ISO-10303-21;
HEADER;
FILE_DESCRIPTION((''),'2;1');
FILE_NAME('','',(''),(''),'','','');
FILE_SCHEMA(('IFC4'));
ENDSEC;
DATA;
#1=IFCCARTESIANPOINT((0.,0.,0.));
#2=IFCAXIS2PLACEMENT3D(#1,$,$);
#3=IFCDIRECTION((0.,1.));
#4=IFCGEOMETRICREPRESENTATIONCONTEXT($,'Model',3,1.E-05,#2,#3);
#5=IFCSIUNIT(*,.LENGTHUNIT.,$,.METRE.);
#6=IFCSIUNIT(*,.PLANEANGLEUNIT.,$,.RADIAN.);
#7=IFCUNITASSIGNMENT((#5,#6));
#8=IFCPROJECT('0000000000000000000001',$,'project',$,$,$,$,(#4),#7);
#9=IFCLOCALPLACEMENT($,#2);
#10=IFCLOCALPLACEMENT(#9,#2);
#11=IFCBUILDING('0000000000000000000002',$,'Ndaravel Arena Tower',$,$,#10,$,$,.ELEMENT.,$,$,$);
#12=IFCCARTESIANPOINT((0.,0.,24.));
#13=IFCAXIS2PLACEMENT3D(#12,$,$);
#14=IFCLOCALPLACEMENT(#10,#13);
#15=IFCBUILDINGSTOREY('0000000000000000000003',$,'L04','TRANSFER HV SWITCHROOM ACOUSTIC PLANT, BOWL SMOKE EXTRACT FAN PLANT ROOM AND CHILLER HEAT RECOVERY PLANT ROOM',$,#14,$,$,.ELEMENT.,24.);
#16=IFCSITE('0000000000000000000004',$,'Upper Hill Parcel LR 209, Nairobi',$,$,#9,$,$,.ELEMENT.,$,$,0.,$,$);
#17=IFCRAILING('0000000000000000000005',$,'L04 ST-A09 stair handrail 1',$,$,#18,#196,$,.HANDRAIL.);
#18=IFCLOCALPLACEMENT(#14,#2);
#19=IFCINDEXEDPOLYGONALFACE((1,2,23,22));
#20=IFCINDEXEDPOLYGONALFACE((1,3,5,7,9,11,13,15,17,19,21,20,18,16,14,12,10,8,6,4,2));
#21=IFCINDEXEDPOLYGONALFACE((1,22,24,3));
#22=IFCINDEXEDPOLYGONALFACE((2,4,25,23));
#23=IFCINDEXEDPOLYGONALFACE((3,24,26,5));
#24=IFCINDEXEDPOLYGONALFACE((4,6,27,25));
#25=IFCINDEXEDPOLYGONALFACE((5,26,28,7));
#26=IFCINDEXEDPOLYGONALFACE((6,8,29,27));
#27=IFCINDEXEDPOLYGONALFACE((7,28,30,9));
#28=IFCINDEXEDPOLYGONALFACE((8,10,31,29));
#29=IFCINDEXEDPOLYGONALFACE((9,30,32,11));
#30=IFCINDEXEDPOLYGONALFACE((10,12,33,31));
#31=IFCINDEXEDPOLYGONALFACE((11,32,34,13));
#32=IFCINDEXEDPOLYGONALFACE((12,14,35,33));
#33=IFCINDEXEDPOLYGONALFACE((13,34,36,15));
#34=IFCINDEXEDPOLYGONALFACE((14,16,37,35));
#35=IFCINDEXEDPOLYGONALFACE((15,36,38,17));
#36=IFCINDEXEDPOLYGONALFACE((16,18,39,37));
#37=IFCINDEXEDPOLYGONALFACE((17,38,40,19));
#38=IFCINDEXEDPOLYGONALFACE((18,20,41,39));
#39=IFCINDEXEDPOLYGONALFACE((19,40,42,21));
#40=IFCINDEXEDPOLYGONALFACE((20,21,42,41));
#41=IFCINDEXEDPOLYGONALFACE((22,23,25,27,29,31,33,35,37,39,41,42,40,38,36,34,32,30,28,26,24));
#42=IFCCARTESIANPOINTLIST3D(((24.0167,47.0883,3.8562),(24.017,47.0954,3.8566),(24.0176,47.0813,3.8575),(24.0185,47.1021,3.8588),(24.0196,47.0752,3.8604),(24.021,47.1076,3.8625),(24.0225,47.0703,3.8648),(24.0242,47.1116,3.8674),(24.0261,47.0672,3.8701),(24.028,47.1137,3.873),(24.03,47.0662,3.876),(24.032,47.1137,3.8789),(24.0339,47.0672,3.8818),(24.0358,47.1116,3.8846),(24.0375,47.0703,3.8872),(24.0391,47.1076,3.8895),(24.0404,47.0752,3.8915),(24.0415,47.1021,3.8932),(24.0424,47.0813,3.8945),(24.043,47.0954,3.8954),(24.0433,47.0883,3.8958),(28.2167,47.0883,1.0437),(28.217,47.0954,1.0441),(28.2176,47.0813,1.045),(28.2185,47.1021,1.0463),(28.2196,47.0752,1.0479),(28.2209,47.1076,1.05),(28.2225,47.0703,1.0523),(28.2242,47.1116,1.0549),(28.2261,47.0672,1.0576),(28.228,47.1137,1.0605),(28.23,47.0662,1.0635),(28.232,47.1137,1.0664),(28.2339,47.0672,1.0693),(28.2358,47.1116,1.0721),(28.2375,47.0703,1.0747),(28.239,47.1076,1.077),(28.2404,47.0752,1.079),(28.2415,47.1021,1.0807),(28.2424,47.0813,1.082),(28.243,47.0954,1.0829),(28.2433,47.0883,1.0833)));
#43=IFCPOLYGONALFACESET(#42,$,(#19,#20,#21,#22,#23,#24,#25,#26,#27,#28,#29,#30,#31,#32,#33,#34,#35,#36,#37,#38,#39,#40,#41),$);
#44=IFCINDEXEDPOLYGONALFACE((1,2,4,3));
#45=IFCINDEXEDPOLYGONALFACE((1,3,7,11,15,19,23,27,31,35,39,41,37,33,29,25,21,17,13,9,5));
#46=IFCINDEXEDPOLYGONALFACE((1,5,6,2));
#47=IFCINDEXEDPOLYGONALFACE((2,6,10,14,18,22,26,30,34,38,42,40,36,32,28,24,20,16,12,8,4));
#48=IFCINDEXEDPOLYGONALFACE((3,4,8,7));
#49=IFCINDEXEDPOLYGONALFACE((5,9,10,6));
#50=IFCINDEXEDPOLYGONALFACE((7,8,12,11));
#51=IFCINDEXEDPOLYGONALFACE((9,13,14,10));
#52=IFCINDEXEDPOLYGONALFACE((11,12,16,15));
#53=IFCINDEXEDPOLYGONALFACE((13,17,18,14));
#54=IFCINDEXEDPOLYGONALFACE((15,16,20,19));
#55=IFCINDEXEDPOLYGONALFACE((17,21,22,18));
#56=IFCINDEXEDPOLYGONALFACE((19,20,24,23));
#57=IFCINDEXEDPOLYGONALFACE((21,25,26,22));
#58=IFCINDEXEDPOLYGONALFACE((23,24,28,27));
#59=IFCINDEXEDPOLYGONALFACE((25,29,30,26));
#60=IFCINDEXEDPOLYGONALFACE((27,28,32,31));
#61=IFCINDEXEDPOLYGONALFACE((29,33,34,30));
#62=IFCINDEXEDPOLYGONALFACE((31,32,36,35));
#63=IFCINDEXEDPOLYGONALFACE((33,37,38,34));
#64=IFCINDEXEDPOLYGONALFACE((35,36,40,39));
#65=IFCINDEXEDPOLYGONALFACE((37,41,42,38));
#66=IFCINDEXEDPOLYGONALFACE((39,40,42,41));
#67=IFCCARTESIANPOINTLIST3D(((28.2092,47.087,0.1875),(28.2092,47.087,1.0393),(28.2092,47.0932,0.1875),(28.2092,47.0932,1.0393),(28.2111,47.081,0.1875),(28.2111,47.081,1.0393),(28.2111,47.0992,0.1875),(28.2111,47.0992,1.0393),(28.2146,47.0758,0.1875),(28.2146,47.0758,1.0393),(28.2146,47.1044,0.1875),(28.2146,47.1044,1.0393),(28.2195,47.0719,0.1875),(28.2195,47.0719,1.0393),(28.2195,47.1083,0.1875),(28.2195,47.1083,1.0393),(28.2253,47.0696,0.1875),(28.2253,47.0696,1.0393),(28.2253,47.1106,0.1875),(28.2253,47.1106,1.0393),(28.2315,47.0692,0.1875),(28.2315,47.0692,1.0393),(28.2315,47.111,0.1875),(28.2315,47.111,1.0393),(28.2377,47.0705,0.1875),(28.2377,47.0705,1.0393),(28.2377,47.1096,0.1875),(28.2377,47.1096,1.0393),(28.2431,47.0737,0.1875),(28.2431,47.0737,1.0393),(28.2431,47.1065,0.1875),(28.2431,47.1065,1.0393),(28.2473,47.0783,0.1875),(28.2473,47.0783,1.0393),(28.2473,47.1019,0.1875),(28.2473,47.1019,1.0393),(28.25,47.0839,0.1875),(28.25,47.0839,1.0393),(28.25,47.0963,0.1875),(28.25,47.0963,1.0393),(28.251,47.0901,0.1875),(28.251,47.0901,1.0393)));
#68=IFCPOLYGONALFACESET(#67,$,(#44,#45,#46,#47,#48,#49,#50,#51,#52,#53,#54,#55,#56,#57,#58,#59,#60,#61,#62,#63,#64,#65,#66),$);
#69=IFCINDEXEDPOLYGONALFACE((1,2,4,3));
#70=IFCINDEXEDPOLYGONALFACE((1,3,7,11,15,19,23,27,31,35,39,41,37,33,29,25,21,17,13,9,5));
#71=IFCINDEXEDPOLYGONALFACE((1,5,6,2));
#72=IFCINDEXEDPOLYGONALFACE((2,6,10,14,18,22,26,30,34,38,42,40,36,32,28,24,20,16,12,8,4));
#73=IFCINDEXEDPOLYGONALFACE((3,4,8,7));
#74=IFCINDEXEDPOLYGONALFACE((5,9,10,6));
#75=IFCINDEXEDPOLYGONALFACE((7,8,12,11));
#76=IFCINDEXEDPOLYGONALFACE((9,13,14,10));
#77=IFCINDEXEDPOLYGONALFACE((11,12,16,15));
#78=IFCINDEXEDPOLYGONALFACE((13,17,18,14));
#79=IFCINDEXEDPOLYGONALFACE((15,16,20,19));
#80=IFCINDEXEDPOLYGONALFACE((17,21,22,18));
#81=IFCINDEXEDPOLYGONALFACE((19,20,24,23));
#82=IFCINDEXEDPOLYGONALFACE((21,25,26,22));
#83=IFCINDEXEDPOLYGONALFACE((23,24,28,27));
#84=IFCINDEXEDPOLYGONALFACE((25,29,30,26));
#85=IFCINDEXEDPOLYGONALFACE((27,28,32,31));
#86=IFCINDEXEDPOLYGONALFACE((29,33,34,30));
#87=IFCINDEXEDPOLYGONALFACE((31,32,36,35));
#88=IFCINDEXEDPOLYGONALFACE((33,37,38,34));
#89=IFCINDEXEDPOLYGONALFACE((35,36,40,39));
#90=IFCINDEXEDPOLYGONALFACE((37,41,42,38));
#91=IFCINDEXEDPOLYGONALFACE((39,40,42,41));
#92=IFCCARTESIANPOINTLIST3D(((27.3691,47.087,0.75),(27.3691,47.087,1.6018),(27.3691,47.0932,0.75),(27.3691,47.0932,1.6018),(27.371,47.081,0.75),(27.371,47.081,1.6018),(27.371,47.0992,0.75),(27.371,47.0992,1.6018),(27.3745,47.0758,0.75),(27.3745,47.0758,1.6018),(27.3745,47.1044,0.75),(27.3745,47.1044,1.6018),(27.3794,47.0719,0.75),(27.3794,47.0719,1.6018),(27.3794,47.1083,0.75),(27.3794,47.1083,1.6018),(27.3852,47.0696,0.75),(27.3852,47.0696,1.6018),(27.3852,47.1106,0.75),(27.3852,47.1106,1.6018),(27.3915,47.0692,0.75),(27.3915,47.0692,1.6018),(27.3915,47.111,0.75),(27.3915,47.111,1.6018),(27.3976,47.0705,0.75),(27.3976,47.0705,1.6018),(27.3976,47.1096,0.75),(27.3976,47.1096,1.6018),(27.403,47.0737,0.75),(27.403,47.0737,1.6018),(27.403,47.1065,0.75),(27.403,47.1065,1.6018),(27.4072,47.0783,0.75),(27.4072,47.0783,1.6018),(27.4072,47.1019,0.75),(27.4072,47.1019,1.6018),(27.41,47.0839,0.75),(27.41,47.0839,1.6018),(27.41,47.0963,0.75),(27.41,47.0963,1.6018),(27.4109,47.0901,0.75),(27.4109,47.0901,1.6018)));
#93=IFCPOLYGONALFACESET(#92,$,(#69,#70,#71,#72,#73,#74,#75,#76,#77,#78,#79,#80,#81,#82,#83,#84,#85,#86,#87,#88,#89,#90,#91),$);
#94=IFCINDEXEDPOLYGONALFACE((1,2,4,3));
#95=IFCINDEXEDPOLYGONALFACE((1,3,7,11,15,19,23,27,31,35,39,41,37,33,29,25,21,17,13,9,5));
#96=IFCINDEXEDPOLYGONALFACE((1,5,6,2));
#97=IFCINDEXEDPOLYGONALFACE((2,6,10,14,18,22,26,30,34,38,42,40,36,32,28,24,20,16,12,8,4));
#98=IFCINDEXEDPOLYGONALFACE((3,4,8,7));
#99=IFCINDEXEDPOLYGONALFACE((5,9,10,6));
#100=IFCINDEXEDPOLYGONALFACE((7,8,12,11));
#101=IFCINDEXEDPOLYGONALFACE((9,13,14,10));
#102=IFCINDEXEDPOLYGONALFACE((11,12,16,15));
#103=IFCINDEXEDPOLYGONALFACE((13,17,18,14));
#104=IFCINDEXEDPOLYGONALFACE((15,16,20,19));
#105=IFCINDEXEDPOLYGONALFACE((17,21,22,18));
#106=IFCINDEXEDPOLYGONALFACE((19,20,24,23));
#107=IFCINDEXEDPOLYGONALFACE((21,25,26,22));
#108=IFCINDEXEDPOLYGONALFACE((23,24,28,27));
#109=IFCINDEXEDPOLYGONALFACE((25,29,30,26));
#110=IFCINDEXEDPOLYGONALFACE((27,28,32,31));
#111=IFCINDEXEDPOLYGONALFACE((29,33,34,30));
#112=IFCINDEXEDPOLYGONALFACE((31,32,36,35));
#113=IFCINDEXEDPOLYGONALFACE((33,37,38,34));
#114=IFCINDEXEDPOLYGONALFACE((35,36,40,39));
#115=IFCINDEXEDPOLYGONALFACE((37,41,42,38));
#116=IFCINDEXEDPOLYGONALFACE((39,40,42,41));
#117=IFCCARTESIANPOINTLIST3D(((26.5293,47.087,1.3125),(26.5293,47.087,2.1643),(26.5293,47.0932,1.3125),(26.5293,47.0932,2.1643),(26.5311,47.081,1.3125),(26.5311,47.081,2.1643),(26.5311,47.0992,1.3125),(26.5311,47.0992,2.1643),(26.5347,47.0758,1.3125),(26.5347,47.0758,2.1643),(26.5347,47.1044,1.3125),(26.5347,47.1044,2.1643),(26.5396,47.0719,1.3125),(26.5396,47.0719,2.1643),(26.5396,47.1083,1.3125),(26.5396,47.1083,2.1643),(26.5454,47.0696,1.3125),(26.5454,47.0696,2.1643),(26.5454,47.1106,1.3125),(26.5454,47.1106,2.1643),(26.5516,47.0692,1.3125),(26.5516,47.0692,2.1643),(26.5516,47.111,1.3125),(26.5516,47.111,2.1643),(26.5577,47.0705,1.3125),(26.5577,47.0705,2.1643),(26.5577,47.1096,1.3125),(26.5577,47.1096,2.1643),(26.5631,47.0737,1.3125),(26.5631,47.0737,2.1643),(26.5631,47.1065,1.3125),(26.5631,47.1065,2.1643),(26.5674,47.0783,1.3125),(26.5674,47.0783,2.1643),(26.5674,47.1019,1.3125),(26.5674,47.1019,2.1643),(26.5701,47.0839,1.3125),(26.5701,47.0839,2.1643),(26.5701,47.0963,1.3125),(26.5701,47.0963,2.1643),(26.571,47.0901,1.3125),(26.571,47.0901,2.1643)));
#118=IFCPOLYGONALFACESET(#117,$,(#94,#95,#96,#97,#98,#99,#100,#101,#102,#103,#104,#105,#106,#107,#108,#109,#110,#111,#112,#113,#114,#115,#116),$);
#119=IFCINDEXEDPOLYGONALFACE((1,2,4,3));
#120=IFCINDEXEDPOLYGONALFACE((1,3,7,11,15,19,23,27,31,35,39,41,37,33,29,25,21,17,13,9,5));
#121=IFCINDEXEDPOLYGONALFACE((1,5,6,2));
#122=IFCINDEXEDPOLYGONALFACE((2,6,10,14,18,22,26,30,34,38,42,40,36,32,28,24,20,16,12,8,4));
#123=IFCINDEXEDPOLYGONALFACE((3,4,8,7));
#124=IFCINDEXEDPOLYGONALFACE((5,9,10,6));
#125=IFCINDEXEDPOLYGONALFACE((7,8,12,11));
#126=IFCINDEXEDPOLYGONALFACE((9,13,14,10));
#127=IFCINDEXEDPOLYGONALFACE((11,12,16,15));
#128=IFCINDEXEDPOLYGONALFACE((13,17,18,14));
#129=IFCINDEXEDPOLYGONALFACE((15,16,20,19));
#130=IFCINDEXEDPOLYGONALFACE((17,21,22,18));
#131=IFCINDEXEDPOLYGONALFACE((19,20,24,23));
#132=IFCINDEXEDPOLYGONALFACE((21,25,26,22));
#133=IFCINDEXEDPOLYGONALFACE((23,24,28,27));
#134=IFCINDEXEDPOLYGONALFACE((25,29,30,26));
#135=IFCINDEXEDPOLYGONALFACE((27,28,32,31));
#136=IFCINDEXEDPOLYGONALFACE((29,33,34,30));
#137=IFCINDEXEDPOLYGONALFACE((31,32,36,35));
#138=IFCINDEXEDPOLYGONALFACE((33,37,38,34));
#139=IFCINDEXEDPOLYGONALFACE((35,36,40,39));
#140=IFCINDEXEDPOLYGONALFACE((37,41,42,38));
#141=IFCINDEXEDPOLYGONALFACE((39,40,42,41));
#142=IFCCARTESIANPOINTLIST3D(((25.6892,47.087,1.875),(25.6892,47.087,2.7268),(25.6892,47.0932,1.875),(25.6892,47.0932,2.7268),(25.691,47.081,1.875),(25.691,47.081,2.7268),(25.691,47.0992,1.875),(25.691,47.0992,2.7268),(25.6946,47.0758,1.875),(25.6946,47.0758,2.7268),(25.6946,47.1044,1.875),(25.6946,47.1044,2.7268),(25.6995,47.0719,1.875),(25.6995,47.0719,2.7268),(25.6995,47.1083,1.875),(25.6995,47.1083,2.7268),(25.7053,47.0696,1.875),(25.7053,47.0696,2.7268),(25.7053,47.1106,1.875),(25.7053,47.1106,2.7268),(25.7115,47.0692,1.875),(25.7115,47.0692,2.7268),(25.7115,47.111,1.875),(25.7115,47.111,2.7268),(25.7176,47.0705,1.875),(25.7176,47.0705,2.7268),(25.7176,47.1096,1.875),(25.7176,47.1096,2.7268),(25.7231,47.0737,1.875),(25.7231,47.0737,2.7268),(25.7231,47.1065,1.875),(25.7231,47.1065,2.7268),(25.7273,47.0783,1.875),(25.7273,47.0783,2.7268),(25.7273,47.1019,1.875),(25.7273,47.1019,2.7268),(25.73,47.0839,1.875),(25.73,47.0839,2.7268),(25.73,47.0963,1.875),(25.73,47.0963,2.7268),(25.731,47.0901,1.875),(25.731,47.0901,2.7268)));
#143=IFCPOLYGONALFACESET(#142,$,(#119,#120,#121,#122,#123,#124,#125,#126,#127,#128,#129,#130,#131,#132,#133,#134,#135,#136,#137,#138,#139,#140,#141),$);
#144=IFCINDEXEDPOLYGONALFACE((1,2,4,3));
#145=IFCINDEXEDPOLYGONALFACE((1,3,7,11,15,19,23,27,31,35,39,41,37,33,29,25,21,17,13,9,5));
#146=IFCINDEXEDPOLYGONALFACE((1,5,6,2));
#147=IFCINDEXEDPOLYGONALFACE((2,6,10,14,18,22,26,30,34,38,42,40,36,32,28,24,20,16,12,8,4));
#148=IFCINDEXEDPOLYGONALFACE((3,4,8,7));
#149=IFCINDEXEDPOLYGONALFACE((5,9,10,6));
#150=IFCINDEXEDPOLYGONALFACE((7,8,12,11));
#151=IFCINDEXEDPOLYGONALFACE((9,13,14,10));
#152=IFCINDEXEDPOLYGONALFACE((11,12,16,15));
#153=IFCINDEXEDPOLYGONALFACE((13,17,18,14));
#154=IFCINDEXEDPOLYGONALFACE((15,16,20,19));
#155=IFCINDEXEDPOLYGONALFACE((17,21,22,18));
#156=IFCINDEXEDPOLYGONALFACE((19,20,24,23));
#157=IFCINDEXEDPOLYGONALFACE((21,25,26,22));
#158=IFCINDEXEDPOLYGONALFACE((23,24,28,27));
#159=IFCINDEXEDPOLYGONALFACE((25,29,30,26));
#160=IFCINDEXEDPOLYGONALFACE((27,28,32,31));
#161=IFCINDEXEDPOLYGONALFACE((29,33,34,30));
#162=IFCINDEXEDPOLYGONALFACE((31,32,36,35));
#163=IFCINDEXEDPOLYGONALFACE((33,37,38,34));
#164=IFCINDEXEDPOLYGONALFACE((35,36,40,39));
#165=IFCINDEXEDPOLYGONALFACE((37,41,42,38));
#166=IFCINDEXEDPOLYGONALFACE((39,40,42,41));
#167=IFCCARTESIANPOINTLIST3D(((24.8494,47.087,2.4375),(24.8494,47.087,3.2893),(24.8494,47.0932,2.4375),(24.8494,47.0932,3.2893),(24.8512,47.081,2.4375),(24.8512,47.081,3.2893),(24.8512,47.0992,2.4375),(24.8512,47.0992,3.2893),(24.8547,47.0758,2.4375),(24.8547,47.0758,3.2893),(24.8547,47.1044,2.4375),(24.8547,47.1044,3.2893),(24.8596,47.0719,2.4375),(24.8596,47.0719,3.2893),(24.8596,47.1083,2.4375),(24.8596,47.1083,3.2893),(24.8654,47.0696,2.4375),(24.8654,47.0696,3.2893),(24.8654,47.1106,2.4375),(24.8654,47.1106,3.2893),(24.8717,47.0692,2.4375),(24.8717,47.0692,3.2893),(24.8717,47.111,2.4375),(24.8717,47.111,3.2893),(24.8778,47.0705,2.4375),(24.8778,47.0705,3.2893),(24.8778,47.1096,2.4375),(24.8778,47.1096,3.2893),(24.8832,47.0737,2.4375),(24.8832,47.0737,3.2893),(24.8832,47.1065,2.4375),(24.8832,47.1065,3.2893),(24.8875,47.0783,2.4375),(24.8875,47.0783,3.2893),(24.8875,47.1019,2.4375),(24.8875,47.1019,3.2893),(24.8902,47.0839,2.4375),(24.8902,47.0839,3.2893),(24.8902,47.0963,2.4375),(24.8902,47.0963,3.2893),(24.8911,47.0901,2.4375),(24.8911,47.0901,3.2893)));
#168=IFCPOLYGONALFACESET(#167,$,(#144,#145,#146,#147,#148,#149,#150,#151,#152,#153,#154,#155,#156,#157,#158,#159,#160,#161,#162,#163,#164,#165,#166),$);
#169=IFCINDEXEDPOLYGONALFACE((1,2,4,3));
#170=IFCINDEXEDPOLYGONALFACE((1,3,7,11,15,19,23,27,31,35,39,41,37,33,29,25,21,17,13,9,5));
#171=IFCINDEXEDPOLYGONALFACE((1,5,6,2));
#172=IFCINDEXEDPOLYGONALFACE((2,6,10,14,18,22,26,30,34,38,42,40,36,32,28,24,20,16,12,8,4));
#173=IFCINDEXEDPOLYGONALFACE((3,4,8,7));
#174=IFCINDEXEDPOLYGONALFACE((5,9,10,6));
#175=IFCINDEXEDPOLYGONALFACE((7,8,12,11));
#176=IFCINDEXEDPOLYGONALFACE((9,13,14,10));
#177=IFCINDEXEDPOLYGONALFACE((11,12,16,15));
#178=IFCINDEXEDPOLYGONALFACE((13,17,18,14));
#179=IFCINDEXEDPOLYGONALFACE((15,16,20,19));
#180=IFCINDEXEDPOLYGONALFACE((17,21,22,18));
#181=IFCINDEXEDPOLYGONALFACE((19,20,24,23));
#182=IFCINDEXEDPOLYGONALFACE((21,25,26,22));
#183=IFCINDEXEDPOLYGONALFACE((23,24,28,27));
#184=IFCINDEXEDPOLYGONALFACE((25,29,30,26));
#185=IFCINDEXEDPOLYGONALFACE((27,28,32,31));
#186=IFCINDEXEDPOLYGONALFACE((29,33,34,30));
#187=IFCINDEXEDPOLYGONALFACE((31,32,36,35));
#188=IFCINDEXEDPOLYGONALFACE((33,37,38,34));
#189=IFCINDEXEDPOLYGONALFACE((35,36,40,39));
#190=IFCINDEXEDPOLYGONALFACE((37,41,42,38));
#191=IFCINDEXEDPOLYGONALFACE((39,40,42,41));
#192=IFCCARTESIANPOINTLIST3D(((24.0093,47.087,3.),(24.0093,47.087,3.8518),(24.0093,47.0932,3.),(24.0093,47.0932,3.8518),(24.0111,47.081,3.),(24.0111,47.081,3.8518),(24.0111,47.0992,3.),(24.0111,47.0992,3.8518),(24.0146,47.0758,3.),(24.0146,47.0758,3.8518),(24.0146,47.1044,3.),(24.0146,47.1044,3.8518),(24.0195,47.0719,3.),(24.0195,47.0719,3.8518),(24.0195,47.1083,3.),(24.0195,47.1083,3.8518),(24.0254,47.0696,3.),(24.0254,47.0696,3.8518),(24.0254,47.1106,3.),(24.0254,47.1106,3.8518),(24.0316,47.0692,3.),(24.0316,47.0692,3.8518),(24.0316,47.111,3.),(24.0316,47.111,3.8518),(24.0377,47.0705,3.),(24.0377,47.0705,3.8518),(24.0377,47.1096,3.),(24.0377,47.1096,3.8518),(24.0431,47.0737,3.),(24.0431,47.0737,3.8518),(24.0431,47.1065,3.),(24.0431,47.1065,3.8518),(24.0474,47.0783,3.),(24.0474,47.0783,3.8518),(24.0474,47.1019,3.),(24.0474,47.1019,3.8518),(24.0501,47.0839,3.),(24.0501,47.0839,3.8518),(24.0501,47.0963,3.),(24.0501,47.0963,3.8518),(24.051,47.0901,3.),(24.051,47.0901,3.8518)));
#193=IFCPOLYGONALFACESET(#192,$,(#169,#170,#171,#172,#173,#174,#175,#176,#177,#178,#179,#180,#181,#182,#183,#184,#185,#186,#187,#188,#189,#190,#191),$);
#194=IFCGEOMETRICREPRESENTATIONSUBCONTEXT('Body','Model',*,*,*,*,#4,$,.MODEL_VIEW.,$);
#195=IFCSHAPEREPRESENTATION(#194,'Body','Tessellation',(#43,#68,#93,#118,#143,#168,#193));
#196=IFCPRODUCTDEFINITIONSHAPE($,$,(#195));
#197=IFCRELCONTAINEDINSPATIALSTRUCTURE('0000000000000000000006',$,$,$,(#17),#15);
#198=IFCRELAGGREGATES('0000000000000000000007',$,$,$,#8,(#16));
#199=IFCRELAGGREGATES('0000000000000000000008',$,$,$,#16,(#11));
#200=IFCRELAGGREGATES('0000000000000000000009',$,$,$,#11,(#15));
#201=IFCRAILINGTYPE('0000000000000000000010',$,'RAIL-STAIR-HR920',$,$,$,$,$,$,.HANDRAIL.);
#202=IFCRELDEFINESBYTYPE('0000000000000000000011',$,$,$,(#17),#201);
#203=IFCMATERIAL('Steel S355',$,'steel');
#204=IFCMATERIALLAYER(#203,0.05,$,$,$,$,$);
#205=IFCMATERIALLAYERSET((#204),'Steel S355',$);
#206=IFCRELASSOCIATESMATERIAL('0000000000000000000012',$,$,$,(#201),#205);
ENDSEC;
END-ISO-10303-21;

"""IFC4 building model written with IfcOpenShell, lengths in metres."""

from ifc_helpers import new_model, si_unit, direction, frame, origin, origin_2d, place, context, subcontext, project, spatial, circle, extrude, material, layer, layer_set, type_object, element, save


model = new_model("IFC4")

# Units and contexts
model_context = context("Model", 3, precision=1e-05, world=origin(), true_north=direction((0.0, 1.0)))
body_context = subcontext(model_context, "Body", "Model", "MODEL_VIEW")
ifc_project = project(units=[si_unit("LENGTHUNIT", "METRE"), si_unit("PLANEANGLEUNIT", "RADIAN")], contexts=[model_context])

# Site, building, storey
site_placement = place(None, origin())
site = spatial("IfcSite", under=ifc_project, at=site_placement, Name="Upper Hill Parcel LR 209, Nairobi", CompositionType="ELEMENT", RefElevation=0.0)
building_placement = place(site_placement, origin())
building = spatial("IfcBuilding", under=site, at=building_placement, Name="Ndaravel Arena Tower", CompositionType="ELEMENT")
storey_placement = place(building_placement, frame((0.0, 0.0, 24.0)))
storey = spatial("IfcBuildingStorey", under=building, at=storey_placement, Name="L04", Description="TRANSFER HV SWITCHROOM ACOUSTIC PLANT, BOWL SMOKE EXTRACT FAN PLANT ROOM AND CHILLER HEAT RECOVERY PLANT ROOM", CompositionType="ELEMENT", Elevation=24.0)

# Railing
ifc_material_1 = material(Name="Steel S355", Category="steel")
ifc_layer_1 = layer(ifc_material_1, 0.05)
ifc_layer_set_1 = layer_set([ifc_layer_1], Name="Steel S355")
railing_type_1 = type_object("IfcRailingType", Name="RAIL-STAIR-HR920", PredefinedType="HANDRAIL", material=ifc_layer_set_1)
railing_1_placement = place(storey_placement, frame((28.23, 47.0901, 0.1875)))
element("IfcRailing", 1, at=railing_1_placement, inside=storey, type_object=railing_type_1, Name="L04 ST-A09 stair handrail 1", PredefinedType="HANDRAIL", context=body_context, shape_type="SweptSolid", body=[
    extrude(circle(Radius=0.0239, at=origin_2d()), frame((0.0, 0.0, 0.876), z_axis=(-0.830904, 0.0, 0.556416), x_axis=(0.0, -1.0, 0.0)), (0.0, 0.0, 1.0), 5.0547),
    extrude(circle(Radius=0.021, at=origin_2d()), origin(), (0.0, 0.0, 1.0), 0.8518),
    extrude(circle(Radius=0.021, at=origin_2d()), frame((-0.8401, 0.0, 0.5625)), (0.0, 0.0, 1.0), 0.8518),
    extrude(circle(Radius=0.021, at=origin_2d()), frame((-1.6799, 0.0, 1.125)), (0.0, 0.0, 1.0), 0.8518),
    extrude(circle(Radius=0.021, at=origin_2d()), frame((-2.52, 0.0, 1.6875)), (0.0, 0.0, 1.0), 0.8518),
    extrude(circle(Radius=0.021, at=origin_2d()), frame((-3.3599, 0.0, 2.25)), (0.0, 0.0, 1.0), 0.8518),
    extrude(circle(Radius=0.021, at=origin_2d()), frame((-4.2, 0.0, 2.8125)), (0.0, 0.0, 1.0), 0.8518),
])

save(model, "model.ifc")
